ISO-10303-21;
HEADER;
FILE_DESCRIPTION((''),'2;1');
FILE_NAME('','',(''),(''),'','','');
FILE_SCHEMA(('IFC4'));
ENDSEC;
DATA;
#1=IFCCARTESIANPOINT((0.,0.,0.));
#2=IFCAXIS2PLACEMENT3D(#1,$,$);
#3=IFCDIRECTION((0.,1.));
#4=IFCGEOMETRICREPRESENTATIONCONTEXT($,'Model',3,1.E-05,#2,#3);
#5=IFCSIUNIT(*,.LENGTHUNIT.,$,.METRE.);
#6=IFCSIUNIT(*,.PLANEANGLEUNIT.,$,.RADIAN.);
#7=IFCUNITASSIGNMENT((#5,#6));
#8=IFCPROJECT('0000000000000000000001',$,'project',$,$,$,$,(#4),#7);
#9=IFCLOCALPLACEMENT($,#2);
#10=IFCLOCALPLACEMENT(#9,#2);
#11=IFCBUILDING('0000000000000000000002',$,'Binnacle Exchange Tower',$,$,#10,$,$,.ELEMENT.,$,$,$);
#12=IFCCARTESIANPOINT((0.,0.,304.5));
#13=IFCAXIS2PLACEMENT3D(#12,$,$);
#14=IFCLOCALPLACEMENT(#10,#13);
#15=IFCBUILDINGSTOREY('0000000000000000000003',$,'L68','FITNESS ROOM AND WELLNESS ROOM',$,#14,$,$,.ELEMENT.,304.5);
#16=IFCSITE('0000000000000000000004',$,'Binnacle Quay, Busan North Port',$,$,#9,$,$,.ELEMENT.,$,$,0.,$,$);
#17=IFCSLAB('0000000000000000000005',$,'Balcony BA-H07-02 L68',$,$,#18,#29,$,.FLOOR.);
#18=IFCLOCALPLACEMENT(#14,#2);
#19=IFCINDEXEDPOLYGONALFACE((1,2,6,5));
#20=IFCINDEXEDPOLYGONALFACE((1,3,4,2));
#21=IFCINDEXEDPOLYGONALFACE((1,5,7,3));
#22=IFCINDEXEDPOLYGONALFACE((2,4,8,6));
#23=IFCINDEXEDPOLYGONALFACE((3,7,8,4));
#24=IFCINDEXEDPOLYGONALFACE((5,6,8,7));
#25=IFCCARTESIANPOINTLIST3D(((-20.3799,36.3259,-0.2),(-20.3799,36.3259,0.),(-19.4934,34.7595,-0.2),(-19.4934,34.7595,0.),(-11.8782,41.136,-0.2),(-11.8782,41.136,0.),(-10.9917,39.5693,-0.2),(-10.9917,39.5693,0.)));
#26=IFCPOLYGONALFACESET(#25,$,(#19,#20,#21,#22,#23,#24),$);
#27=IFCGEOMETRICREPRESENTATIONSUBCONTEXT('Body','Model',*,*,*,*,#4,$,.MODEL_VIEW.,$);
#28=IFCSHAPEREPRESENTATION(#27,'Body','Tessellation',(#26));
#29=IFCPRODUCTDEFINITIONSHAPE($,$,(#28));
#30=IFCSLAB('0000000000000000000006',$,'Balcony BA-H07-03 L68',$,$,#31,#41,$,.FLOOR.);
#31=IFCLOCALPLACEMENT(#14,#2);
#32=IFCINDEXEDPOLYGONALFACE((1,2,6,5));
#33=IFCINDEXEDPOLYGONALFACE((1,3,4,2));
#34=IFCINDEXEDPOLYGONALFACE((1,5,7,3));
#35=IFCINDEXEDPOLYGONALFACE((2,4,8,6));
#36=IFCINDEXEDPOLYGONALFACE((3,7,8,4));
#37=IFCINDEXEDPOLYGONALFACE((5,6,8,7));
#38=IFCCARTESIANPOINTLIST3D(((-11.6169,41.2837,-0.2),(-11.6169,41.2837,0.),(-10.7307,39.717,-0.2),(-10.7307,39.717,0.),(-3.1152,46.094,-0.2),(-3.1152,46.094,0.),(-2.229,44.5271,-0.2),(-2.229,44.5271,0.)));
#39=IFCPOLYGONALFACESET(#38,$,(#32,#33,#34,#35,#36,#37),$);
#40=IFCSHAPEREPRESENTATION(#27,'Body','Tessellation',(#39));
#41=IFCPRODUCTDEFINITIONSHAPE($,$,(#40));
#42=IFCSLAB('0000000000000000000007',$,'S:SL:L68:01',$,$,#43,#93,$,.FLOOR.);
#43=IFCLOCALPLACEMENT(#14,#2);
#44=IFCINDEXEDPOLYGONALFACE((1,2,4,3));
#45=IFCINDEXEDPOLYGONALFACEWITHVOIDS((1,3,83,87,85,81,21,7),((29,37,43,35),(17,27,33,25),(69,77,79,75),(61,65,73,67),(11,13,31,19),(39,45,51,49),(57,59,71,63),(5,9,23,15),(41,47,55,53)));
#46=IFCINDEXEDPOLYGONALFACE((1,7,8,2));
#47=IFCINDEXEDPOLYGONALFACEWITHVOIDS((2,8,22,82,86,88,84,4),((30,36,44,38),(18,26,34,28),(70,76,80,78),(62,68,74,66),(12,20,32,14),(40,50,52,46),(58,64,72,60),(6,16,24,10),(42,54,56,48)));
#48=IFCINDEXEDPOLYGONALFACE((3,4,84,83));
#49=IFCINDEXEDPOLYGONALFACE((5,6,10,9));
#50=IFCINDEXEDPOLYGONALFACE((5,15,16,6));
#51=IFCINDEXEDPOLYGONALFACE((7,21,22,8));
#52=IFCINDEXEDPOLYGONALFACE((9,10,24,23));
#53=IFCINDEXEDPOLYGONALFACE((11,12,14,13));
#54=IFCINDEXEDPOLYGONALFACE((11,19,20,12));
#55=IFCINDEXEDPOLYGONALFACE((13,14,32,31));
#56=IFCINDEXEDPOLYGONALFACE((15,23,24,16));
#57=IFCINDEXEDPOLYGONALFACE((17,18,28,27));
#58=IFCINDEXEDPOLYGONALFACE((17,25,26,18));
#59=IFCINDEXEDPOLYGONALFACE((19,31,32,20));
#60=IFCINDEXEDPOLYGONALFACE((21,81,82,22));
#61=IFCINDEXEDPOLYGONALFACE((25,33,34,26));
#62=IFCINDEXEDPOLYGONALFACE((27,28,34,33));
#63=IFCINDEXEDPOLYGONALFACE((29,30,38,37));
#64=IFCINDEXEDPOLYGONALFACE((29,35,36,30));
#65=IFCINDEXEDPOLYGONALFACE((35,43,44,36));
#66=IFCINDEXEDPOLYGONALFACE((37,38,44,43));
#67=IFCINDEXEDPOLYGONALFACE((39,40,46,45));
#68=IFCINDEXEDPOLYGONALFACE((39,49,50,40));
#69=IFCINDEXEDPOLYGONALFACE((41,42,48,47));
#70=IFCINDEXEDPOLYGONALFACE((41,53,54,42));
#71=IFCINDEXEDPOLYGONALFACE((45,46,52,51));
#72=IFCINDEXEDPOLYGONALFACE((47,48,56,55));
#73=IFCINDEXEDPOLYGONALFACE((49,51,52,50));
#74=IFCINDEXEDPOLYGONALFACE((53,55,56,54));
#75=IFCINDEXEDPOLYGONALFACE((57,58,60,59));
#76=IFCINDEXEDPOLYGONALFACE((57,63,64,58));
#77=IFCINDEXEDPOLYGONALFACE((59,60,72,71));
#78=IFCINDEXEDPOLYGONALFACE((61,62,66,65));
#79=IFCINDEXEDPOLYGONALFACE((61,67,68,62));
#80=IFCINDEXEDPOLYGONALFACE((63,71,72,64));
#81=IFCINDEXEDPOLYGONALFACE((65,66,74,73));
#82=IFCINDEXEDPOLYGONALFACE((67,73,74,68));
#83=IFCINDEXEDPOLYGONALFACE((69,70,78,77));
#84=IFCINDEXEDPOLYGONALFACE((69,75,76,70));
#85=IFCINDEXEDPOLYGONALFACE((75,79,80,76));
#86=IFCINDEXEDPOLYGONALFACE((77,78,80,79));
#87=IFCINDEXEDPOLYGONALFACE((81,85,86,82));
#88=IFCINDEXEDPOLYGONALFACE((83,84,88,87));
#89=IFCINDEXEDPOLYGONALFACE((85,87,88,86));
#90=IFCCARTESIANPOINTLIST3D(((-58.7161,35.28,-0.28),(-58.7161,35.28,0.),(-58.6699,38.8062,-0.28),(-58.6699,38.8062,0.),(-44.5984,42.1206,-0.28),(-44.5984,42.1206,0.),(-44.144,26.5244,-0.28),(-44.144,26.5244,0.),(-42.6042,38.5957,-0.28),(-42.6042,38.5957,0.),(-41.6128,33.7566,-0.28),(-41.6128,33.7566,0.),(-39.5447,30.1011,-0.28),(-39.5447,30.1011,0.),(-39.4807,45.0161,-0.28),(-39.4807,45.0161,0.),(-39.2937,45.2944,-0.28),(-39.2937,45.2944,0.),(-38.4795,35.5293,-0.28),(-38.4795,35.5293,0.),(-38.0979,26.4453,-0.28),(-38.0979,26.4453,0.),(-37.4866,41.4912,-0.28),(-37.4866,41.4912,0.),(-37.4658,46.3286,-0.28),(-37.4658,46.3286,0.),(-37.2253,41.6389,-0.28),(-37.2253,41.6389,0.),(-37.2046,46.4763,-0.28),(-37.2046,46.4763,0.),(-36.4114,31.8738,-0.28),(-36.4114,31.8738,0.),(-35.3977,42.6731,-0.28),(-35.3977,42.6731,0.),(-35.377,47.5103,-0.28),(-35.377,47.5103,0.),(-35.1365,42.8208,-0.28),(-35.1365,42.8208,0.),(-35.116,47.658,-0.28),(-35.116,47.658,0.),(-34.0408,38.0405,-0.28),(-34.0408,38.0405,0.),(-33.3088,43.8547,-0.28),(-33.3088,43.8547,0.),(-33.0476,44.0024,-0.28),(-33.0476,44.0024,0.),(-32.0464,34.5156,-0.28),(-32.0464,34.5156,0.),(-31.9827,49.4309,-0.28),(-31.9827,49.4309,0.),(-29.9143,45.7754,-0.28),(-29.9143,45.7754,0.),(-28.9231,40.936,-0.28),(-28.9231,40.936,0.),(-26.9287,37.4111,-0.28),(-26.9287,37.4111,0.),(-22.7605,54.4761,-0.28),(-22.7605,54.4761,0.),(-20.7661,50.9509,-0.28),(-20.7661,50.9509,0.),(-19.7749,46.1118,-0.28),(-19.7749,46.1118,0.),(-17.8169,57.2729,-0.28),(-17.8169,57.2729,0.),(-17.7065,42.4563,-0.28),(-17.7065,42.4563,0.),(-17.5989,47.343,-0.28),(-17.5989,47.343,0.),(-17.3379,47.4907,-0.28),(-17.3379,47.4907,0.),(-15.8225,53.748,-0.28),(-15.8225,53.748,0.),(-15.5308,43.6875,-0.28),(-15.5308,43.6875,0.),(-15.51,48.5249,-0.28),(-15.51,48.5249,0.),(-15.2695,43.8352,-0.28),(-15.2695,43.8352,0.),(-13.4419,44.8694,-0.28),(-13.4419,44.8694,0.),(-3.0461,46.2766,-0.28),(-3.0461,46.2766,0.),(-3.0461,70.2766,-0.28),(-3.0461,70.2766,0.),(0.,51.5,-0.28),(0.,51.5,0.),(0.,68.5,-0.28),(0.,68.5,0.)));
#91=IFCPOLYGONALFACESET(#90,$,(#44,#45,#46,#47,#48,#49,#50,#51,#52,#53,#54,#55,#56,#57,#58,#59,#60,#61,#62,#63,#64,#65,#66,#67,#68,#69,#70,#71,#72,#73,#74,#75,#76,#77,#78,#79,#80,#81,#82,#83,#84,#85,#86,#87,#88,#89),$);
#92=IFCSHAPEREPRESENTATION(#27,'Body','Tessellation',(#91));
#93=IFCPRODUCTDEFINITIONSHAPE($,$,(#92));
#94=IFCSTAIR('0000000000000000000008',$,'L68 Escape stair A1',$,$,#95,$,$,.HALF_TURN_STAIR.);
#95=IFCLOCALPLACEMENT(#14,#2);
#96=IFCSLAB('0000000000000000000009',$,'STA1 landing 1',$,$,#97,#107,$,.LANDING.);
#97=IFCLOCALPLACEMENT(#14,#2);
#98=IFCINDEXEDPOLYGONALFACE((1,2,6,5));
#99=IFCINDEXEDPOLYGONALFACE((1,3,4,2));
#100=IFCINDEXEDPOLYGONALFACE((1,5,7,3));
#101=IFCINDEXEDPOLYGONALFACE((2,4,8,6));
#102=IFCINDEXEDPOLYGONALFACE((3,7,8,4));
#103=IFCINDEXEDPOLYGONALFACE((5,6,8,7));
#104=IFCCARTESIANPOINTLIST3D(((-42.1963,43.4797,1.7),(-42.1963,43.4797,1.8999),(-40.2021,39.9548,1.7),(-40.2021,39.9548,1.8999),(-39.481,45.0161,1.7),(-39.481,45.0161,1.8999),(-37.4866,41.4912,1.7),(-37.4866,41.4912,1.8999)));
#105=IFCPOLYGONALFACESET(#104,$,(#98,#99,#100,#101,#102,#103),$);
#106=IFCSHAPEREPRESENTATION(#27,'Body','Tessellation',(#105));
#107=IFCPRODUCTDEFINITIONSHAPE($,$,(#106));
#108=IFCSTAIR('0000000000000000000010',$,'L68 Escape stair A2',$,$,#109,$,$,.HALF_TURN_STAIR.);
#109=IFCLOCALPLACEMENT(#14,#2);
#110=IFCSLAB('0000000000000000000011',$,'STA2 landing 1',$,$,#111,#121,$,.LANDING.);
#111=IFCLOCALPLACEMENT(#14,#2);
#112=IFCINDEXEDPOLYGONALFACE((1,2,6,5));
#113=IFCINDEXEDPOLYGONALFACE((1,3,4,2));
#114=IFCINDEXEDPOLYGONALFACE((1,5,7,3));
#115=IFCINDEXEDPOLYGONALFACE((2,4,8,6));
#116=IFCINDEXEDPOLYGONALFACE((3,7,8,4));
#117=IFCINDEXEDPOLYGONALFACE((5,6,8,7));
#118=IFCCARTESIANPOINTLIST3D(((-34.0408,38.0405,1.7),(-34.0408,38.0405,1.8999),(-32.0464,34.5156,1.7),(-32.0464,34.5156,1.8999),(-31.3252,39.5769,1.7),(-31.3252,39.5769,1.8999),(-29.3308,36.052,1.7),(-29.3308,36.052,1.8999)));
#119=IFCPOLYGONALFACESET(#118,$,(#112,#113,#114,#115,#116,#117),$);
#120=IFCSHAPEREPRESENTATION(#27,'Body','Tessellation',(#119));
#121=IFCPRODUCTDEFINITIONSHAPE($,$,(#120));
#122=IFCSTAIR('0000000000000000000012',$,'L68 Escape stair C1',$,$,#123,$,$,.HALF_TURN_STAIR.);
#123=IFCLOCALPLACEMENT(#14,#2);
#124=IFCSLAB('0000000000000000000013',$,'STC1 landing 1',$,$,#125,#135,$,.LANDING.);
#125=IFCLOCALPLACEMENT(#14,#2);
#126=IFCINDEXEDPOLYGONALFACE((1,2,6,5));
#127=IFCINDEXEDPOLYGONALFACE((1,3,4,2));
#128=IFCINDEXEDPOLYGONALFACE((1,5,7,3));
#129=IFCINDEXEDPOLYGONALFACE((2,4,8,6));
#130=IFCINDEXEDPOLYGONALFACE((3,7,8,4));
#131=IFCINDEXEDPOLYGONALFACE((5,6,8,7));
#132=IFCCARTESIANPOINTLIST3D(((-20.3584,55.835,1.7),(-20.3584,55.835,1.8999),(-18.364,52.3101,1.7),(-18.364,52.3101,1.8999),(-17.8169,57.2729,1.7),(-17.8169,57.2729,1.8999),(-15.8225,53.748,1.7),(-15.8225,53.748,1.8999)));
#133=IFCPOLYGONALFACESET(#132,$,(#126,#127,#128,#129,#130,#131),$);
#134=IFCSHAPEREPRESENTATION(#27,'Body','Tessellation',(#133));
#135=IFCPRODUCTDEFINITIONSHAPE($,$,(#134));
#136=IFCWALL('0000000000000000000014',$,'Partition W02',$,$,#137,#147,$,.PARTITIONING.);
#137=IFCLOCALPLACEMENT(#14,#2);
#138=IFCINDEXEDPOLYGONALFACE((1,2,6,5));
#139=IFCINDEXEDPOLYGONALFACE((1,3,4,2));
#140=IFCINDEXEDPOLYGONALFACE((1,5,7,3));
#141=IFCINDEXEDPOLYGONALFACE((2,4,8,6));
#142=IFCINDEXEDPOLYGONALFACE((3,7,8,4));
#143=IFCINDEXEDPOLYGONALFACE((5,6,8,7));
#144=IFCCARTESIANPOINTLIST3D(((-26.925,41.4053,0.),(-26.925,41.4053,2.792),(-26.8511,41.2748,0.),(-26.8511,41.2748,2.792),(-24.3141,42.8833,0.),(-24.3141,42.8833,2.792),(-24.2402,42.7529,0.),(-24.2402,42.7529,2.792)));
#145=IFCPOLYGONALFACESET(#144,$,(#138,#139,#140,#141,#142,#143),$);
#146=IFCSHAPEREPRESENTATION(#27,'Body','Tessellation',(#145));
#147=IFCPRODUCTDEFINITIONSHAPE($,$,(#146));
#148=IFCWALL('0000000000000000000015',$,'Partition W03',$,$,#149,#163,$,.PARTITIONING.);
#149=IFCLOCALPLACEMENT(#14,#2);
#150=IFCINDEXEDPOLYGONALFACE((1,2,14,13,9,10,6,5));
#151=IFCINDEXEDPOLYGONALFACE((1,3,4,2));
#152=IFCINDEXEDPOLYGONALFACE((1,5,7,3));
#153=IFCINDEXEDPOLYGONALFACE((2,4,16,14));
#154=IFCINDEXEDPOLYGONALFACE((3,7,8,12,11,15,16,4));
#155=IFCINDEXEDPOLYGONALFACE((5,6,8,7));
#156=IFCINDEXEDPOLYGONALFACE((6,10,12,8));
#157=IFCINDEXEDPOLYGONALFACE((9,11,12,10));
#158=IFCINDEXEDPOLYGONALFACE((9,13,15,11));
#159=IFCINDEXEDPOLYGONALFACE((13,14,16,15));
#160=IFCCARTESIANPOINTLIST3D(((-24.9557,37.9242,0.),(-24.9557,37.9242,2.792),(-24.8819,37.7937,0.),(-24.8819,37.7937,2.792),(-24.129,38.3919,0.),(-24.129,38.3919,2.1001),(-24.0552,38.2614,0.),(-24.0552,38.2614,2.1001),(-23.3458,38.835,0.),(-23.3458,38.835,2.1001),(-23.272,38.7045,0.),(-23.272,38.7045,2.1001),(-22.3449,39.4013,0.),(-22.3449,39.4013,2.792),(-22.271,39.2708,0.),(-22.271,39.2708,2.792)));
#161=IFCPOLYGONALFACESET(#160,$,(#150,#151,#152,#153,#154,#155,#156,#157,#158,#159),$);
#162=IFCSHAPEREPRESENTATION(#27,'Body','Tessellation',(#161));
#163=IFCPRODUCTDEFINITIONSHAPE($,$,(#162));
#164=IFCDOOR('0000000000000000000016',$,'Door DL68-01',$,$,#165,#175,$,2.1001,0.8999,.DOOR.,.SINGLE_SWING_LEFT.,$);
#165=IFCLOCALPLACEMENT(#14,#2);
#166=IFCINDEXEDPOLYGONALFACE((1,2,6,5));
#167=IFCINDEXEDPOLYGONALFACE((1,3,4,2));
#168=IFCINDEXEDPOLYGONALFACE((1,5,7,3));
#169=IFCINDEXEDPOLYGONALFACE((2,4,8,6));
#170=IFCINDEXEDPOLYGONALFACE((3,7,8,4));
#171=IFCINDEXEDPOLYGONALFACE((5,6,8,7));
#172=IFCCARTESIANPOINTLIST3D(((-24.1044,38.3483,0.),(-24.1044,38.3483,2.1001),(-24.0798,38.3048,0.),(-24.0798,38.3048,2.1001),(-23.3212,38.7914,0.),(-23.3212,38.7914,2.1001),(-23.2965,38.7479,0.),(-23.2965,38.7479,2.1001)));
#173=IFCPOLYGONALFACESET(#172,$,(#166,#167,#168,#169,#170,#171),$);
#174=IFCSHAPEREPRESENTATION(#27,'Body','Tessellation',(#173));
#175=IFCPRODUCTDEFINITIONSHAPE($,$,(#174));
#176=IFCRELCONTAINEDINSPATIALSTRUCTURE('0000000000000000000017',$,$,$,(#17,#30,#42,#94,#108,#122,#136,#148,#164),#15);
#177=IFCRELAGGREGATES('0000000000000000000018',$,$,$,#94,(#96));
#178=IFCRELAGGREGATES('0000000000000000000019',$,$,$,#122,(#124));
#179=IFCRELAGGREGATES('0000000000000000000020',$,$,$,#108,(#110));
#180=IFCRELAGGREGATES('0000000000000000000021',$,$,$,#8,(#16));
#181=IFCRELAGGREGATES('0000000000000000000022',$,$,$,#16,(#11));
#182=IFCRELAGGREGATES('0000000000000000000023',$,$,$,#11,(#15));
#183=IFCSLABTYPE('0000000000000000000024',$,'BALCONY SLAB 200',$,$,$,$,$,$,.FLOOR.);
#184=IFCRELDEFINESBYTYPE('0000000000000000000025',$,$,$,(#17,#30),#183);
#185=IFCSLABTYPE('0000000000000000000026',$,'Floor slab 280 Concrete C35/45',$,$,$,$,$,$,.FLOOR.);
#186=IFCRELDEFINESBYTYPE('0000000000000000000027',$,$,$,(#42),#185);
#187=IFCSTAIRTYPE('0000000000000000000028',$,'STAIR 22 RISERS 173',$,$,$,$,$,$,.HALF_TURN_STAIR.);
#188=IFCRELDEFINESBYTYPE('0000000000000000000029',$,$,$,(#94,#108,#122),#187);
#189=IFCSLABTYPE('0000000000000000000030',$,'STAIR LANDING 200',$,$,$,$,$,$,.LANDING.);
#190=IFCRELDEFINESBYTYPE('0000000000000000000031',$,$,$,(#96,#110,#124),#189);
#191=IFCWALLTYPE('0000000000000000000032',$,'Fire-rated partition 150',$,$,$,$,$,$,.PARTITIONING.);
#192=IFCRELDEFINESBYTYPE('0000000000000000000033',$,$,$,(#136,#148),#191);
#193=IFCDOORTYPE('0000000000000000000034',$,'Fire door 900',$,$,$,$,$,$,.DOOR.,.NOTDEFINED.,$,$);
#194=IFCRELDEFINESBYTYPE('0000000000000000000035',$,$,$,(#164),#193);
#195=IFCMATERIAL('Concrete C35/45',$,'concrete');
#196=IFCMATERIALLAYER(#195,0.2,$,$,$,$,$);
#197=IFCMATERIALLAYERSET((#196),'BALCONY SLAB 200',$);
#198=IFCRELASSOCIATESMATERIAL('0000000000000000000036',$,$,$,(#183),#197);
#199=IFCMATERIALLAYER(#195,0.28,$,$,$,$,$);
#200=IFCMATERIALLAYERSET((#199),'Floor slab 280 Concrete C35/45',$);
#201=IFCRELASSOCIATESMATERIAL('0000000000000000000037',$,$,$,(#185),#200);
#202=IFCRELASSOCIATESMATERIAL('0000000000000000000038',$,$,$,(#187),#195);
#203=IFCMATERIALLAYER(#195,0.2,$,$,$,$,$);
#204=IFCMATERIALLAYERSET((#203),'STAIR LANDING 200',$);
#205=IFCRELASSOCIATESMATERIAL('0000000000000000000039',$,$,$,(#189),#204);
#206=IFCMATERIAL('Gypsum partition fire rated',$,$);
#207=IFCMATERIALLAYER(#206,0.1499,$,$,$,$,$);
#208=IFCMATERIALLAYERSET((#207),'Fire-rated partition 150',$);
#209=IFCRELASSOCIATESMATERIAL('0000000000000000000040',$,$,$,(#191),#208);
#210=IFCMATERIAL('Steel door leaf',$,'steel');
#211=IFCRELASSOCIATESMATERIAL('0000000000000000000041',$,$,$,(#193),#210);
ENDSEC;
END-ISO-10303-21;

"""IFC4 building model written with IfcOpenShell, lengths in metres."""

from ifc_helpers import new_model, si_unit, direction, frame, frame_2d, origin, place, context, subcontext, project, spatial, polyline, rectangle, outline, extrude, material, layer, layer_set, type_object, element, fill, aggregate, save


model = new_model("IFC4")

# Units and contexts
model_context = context("Model", 3, precision=1e-05, world=origin(), true_north=direction((0.0, 1.0)))
body_context = subcontext(model_context, "Body", "Model", "MODEL_VIEW")
ifc_project = project(units=[si_unit("LENGTHUNIT", "METRE"), si_unit("PLANEANGLEUNIT", "RADIAN")], contexts=[model_context])

# Site, building, storey
site_placement = place(None, origin())
site = spatial("IfcSite", under=ifc_project, at=site_placement, Name="Binnacle Quay, Busan North Port", CompositionType="ELEMENT", RefElevation=0.0)
building_placement = place(site_placement, origin())
building = spatial("IfcBuilding", under=site, at=building_placement, Name="Binnacle Exchange Tower", CompositionType="ELEMENT")
storey_placement = place(building_placement, frame((0.0, 0.0, 304.5)))
storey = spatial("IfcBuildingStorey", under=building, at=storey_placement, Name="L68", Description="FITNESS ROOM AND WELLNESS ROOM", CompositionType="ELEMENT", Elevation=304.5)

# Slabs
ifc_material_1 = material(Name="Concrete C35/45", Category="concrete")
ifc_layer_1 = layer(ifc_material_1, 0.2)
ifc_layer_set_1 = layer_set([ifc_layer_1], Name="BALCONY SLAB 200")
slab_type_1 = type_object("IfcSlabType", Name="BALCONY SLAB 200", PredefinedType="FLOOR", material=ifc_layer_set_1)
slab_1_placement = place(storey_placement, frame((0.0, 0.0, -0.2)))
element("IfcSlab", 1, at=slab_1_placement, inside=storey, type_object=slab_type_1, Name="Balcony BA-H07-02 L68", PredefinedType="FLOOR", context=body_context, shape_type="SweptSolid", body=[
    extrude(outline(polyline([(-20.3799, 36.3259), (-11.8782, 41.136), (-10.9917, 39.5693), (-19.4934, 34.7595), (-20.3799, 36.3259)])), origin(), (0.0, 0.0, 1.0), 0.2),
])
slab_2_placement = place(storey_placement, frame((0.0, 0.0, -0.2)))
element("IfcSlab", 2, at=slab_2_placement, inside=storey, type_object=slab_type_1, Name="Balcony BA-H07-03 L68", PredefinedType="FLOOR", context=body_context, shape_type="SweptSolid", body=[
    extrude(outline(polyline([(-11.6169, 41.2837), (-3.1152, 46.094), (-2.229, 44.5271), (-10.7307, 39.717), (-11.6169, 41.2837)])), origin(), (0.0, 0.0, 1.0), 0.2),
])
ifc_layer_2 = layer(ifc_material_1, 0.28)
ifc_layer_set_2 = layer_set([ifc_layer_2], Name="Floor slab 280 Concrete C35/45")
slab_type_2 = type_object("IfcSlabType", Name="Floor slab 280 Concrete C35/45", PredefinedType="FLOOR", material=ifc_layer_set_2)
slab_3_placement = place(storey_placement, frame((0.0, 0.0, -0.28)))
element("IfcSlab", 3, at=slab_3_placement, inside=storey, type_object=slab_type_2, Name="S:SL:L68:01", PredefinedType="FLOOR", context=body_context, shape_type="SweptSolid", body=[
    extrude(outline(polyline([(-38.0979, 26.4453), (-44.144, 26.5244), (-58.7161, 35.28), (-58.6699, 38.8062), (-3.0461, 70.2766), (0.0, 68.5), (0.0, 51.5), (-3.0461, 46.2766), (-38.0979, 26.4453)]), holes=[polyline([(-38.4795, 35.5293), (-41.6128, 33.7566), (-39.5447, 30.1011), (-36.4114, 31.8738), (-38.4795, 35.5293)]), polyline([(-32.0464, 34.5156), (-26.9287, 37.4111), (-28.9231, 40.936), (-34.0408, 38.0405), (-32.0464, 34.5156)]), polyline([(-39.4807, 45.0161), (-44.5984, 42.1206), (-42.6042, 38.5957), (-37.4866, 41.4912), (-39.4807, 45.0161)]), polyline([(-37.4658, 46.3286), (-39.2937, 45.2944), (-37.2253, 41.6389), (-35.3977, 42.6731), (-37.4658, 46.3286)]), polyline([(-17.5989, 47.343), (-19.7749, 46.1118), (-17.7065, 42.4563), (-15.5308, 43.6875), (-17.5989, 47.343)]), polyline([(-35.377, 47.5103), (-37.2046, 46.4763), (-35.1365, 42.8208), (-33.3088, 43.8547), (-35.377, 47.5103)]), polyline([(-15.51, 48.5249), (-17.3379, 47.4907), (-15.2695, 43.8352), (-13.4419, 44.8694), (-15.51, 48.5249)]), polyline([(-29.9143, 45.7754), (-31.9827, 49.4309), (-35.116, 47.658), (-33.0476, 44.0024), (-29.9143, 45.7754)]), polyline([(-15.8225, 53.748), (-17.8169, 57.2729), (-22.7605, 54.4761), (-20.7661, 50.9509), (-15.8225, 53.748)])]), origin(), (0.0, 0.0, 1.0), 0.28),
])

# Stairs, slabs
stair_type = type_object("IfcStairType", Name="STAIR 22 RISERS 173", PredefinedType="HALF_TURN_STAIR", material=ifc_material_1)
stair_1_placement = place(storey_placement, origin())
stair_1 = element("IfcStair", 4, at=stair_1_placement, inside=storey, type_object=stair_type, Name="L68 Escape stair A1", PredefinedType="HALF_TURN_STAIR")
ifc_layer_3 = layer(ifc_material_1, 0.2)
ifc_layer_set_3 = layer_set([ifc_layer_3], Name="STAIR LANDING 200")
slab_type_3 = type_object("IfcSlabType", Name="STAIR LANDING 200", PredefinedType="LANDING", material=ifc_layer_set_3)
slab_4_placement = place(storey_placement, frame((0.0, 0.0, 1.7)))
slab_4 = element("IfcSlab", 5, at=slab_4_placement, type_object=slab_type_3, Name="STA1 landing 1", PredefinedType="LANDING", context=body_context, shape_type="SweptSolid", body=[
    extrude(outline(polyline([(-40.2021, 39.9548), (-37.4866, 41.4912), (-39.481, 45.0161), (-42.1963, 43.4797), (-40.2021, 39.9548)])), origin(), (0.0, 0.0, 1.0), 0.2),
])
aggregate(stair_1, [slab_4])
stair_2_placement = place(storey_placement, origin())
stair_2 = element("IfcStair", 6, at=stair_2_placement, inside=storey, type_object=stair_type, Name="L68 Escape stair A2", PredefinedType="HALF_TURN_STAIR")
slab_5_placement = place(storey_placement, frame((0.0, 0.0, 1.7)))
slab_5 = element("IfcSlab", 7, at=slab_5_placement, type_object=slab_type_3, Name="STA2 landing 1", PredefinedType="LANDING", context=body_context, shape_type="SweptSolid", body=[
    extrude(outline(polyline([(-31.3252, 39.5769), (-34.0408, 38.0405), (-32.0464, 34.5156), (-29.3308, 36.052), (-31.3252, 39.5769)])), origin(), (0.0, 0.0, 1.0), 0.2),
])
stair_3_placement = place(storey_placement, origin())
stair_3 = element("IfcStair", 8, at=stair_3_placement, inside=storey, type_object=stair_type, Name="L68 Escape stair C1", PredefinedType="HALF_TURN_STAIR")
slab_6_placement = place(storey_placement, frame((0.0, 0.0, 1.7)))
slab_6 = element("IfcSlab", 9, at=slab_6_placement, type_object=slab_type_3, Name="STC1 landing 1", PredefinedType="LANDING", context=body_context, shape_type="SweptSolid", body=[
    extrude(outline(polyline([(-18.364, 52.3101), (-15.8225, 53.748), (-17.8169, 57.2729), (-20.3584, 55.835), (-18.364, 52.3101)])), origin(), (0.0, 0.0, 1.0), 0.2),
])
aggregate(stair_3, [slab_6])

# Wall
ifc_material_2 = material(Name="Gypsum partition fire rated")
ifc_layer_4 = layer(ifc_material_2, 0.1499)
ifc_layer_set_4 = layer_set([ifc_layer_4], Name="Fire-rated partition 150")
wall_type = type_object("IfcWallType", Name="Fire-rated partition 150", PredefinedType="PARTITIONING", material=ifc_layer_set_4)
wall_1_placement = place(storey_placement, frame((-26.8879, 41.3401, 0.0), z_axis=(0.0, 0.0, 1.0), x_axis=(0.870229, 0.492647, 0.0)))
element("IfcWall", 10, at=wall_1_placement, inside=storey, type_object=wall_type, Name="Partition W02", PredefinedType="PARTITIONING", context=body_context, shape_type="SweptSolid", body=[
    extrude(rectangle(XDim=3.0002, YDim=0.1499, at=frame_2d((1.5, 0.0))), origin(), (0.0, 0.0, 1.0), 2.792),
])

# Wall, opening, door
wall_2_placement = place(storey_placement, frame((-24.9189, 37.8589, 0.0), z_axis=(0.0, 0.0, 1.0), x_axis=(0.870369, 0.4924, 0.0)))
wall_2 = element("IfcWall", 11, at=wall_2_placement, inside=storey, type_object=wall_type, Name="Partition W03", PredefinedType="PARTITIONING", context=body_context, shape_type="SweptSolid", body=[
    extrude(rectangle(XDim=2.9998, YDim=0.1499, at=frame_2d((1.5, 0.0))), origin(), (0.0, 0.0, 1.0), 2.792),
])
opening_1_placement = place(wall_2_placement, frame((0.95, 0.0, 0.0)))
opening_1 = element("IfcOpeningElement", 12, at=opening_1_placement, cuts=wall_2, PredefinedType="OPENING", context=body_context, shape_type="SweptSolid", body=[
    extrude(rectangle(XDim=0.8999, YDim=2.1001, at=frame_2d((0.45, 1.05))), frame((0.0, 0.085, 0.0), z_axis=(0.0, -1.0, 0.0), x_axis=(1.0, 0.0, 0.0)), (0.0, 0.0, 1.0), 0.1699),
])
ifc_material_3 = material(Name="Steel door leaf", Category="steel")
door_type = type_object("IfcDoorType", Name="Fire door 900", OperationType="NOTDEFINED", PredefinedType="DOOR", material=ifc_material_3)
door_1_placement = place(opening_1_placement, origin())
door_1 = element("IfcDoor", 13, at=door_1_placement, inside=storey, type_object=door_type, Name="Door DL68-01", OperationType="SINGLE_SWING_LEFT", OverallHeight=2.1001, OverallWidth=0.8999, PredefinedType="DOOR", context=body_context, shape_type="SweptSolid", body=[
    extrude(rectangle(XDim=0.8999, YDim=2.1001, at=frame_2d((0.45, 1.05))), frame((0.0, 0.0249, 0.0), z_axis=(0.0, -1.0, 0.0), x_axis=(1.0, 0.0, 0.0)), (0.0, 0.0, 1.0), 0.05),
])
fill(opening_1, door_1)

aggregate(stair_2, [slab_5])

save(model, "model.ifc")
